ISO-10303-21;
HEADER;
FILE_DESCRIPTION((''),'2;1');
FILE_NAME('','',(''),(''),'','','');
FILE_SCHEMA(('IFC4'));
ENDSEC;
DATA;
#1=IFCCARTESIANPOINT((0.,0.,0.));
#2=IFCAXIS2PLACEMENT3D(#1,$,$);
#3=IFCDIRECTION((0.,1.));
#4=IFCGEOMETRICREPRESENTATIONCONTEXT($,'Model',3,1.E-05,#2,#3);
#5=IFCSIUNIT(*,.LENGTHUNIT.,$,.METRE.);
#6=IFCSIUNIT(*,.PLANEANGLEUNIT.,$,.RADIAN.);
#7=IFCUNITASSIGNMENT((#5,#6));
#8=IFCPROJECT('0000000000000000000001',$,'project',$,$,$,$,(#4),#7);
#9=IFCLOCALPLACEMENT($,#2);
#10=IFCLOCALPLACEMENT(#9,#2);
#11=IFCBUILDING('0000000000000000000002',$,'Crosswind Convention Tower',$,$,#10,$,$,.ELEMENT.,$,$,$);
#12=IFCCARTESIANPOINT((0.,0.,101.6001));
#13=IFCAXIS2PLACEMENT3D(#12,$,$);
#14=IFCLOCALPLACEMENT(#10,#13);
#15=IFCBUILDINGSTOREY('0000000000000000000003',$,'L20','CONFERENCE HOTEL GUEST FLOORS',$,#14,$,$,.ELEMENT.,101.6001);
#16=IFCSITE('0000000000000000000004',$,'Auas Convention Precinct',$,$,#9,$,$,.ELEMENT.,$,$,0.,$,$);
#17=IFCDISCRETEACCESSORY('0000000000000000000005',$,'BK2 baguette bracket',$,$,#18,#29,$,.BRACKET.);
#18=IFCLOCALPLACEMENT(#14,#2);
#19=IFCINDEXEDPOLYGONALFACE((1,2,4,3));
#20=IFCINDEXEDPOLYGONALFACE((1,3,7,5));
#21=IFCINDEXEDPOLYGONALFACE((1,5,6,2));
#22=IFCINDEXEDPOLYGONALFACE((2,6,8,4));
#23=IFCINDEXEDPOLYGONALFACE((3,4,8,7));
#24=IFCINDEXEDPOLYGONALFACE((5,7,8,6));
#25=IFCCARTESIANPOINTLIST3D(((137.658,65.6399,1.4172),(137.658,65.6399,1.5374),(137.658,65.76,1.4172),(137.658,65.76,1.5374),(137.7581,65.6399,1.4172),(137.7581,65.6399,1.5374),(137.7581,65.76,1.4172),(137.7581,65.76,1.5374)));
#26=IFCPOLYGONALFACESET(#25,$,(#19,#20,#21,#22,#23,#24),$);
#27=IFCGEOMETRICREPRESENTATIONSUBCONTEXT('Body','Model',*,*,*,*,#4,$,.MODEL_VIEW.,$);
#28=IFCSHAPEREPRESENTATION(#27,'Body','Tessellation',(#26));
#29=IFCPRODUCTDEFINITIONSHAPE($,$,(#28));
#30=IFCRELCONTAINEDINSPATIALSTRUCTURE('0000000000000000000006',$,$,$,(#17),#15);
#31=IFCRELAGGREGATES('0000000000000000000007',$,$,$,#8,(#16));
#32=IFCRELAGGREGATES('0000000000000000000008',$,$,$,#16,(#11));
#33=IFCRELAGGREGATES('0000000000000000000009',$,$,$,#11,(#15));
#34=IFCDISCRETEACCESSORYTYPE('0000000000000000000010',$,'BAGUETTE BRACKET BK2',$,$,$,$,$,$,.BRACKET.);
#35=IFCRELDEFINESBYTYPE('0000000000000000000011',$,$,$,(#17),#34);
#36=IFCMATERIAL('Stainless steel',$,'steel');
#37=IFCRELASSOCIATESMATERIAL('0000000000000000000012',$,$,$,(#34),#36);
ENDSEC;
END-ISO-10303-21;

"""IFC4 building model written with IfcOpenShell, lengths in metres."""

from ifc_helpers import new_model, si_unit, direction, frame, origin, origin_2d, place, context, subcontext, project, spatial, rectangle, extrude, material, type_object, element, save


model = new_model("IFC4")

# Units and contexts
model_context = context("Model", 3, precision=1e-05, world=origin(), true_north=direction((0.0, 1.0)))
body_context = subcontext(model_context, "Body", "Model", "MODEL_VIEW")
ifc_project = project(units=[si_unit("LENGTHUNIT", "METRE"), si_unit("PLANEANGLEUNIT", "RADIAN")], contexts=[model_context])

# Site, building, storey
site_placement = place(None, origin())
site = spatial("IfcSite", under=ifc_project, at=site_placement, Name="Auas Convention Precinct", CompositionType="ELEMENT", RefElevation=0.0)
building_placement = place(site_placement, origin())
building = spatial("IfcBuilding", under=site, at=building_placement, Name="Crosswind Convention Tower", CompositionType="ELEMENT")
storey_placement = place(building_placement, frame((0.0, 0.0, 101.6001)))
storey = spatial("IfcBuildingStorey", under=building, at=storey_placement, Name="L20", Description="CONFERENCE HOTEL GUEST FLOORS", CompositionType="ELEMENT", Elevation=101.6001)

# Discrete accessory
ifc_material_1 = material(Name="Stainless steel", Category="steel")
discrete_accessory_type = type_object("IfcDiscreteAccessoryType", Name="BAGUETTE BRACKET BK2", PredefinedType="BRACKET", material=ifc_material_1)
discrete_accessory_placement = place(storey_placement, frame((137.708, 65.7, 1.4172), z_axis=(0.0, 0.0, 1.0), x_axis=(0.0, 1.0, 0.0)))
element("IfcDiscreteAccessory", 1, at=discrete_accessory_placement, inside=storey, type_object=discrete_accessory_type, Name="BK2 baguette bracket", PredefinedType="BRACKET", context=body_context, shape_type="SweptSolid", body=[
    extrude(rectangle(XDim=0.1201, YDim=0.1001, at=origin_2d()), origin(), (0.0, 0.0, 1.0), 0.1201),
])

save(model, "model.ifc")
